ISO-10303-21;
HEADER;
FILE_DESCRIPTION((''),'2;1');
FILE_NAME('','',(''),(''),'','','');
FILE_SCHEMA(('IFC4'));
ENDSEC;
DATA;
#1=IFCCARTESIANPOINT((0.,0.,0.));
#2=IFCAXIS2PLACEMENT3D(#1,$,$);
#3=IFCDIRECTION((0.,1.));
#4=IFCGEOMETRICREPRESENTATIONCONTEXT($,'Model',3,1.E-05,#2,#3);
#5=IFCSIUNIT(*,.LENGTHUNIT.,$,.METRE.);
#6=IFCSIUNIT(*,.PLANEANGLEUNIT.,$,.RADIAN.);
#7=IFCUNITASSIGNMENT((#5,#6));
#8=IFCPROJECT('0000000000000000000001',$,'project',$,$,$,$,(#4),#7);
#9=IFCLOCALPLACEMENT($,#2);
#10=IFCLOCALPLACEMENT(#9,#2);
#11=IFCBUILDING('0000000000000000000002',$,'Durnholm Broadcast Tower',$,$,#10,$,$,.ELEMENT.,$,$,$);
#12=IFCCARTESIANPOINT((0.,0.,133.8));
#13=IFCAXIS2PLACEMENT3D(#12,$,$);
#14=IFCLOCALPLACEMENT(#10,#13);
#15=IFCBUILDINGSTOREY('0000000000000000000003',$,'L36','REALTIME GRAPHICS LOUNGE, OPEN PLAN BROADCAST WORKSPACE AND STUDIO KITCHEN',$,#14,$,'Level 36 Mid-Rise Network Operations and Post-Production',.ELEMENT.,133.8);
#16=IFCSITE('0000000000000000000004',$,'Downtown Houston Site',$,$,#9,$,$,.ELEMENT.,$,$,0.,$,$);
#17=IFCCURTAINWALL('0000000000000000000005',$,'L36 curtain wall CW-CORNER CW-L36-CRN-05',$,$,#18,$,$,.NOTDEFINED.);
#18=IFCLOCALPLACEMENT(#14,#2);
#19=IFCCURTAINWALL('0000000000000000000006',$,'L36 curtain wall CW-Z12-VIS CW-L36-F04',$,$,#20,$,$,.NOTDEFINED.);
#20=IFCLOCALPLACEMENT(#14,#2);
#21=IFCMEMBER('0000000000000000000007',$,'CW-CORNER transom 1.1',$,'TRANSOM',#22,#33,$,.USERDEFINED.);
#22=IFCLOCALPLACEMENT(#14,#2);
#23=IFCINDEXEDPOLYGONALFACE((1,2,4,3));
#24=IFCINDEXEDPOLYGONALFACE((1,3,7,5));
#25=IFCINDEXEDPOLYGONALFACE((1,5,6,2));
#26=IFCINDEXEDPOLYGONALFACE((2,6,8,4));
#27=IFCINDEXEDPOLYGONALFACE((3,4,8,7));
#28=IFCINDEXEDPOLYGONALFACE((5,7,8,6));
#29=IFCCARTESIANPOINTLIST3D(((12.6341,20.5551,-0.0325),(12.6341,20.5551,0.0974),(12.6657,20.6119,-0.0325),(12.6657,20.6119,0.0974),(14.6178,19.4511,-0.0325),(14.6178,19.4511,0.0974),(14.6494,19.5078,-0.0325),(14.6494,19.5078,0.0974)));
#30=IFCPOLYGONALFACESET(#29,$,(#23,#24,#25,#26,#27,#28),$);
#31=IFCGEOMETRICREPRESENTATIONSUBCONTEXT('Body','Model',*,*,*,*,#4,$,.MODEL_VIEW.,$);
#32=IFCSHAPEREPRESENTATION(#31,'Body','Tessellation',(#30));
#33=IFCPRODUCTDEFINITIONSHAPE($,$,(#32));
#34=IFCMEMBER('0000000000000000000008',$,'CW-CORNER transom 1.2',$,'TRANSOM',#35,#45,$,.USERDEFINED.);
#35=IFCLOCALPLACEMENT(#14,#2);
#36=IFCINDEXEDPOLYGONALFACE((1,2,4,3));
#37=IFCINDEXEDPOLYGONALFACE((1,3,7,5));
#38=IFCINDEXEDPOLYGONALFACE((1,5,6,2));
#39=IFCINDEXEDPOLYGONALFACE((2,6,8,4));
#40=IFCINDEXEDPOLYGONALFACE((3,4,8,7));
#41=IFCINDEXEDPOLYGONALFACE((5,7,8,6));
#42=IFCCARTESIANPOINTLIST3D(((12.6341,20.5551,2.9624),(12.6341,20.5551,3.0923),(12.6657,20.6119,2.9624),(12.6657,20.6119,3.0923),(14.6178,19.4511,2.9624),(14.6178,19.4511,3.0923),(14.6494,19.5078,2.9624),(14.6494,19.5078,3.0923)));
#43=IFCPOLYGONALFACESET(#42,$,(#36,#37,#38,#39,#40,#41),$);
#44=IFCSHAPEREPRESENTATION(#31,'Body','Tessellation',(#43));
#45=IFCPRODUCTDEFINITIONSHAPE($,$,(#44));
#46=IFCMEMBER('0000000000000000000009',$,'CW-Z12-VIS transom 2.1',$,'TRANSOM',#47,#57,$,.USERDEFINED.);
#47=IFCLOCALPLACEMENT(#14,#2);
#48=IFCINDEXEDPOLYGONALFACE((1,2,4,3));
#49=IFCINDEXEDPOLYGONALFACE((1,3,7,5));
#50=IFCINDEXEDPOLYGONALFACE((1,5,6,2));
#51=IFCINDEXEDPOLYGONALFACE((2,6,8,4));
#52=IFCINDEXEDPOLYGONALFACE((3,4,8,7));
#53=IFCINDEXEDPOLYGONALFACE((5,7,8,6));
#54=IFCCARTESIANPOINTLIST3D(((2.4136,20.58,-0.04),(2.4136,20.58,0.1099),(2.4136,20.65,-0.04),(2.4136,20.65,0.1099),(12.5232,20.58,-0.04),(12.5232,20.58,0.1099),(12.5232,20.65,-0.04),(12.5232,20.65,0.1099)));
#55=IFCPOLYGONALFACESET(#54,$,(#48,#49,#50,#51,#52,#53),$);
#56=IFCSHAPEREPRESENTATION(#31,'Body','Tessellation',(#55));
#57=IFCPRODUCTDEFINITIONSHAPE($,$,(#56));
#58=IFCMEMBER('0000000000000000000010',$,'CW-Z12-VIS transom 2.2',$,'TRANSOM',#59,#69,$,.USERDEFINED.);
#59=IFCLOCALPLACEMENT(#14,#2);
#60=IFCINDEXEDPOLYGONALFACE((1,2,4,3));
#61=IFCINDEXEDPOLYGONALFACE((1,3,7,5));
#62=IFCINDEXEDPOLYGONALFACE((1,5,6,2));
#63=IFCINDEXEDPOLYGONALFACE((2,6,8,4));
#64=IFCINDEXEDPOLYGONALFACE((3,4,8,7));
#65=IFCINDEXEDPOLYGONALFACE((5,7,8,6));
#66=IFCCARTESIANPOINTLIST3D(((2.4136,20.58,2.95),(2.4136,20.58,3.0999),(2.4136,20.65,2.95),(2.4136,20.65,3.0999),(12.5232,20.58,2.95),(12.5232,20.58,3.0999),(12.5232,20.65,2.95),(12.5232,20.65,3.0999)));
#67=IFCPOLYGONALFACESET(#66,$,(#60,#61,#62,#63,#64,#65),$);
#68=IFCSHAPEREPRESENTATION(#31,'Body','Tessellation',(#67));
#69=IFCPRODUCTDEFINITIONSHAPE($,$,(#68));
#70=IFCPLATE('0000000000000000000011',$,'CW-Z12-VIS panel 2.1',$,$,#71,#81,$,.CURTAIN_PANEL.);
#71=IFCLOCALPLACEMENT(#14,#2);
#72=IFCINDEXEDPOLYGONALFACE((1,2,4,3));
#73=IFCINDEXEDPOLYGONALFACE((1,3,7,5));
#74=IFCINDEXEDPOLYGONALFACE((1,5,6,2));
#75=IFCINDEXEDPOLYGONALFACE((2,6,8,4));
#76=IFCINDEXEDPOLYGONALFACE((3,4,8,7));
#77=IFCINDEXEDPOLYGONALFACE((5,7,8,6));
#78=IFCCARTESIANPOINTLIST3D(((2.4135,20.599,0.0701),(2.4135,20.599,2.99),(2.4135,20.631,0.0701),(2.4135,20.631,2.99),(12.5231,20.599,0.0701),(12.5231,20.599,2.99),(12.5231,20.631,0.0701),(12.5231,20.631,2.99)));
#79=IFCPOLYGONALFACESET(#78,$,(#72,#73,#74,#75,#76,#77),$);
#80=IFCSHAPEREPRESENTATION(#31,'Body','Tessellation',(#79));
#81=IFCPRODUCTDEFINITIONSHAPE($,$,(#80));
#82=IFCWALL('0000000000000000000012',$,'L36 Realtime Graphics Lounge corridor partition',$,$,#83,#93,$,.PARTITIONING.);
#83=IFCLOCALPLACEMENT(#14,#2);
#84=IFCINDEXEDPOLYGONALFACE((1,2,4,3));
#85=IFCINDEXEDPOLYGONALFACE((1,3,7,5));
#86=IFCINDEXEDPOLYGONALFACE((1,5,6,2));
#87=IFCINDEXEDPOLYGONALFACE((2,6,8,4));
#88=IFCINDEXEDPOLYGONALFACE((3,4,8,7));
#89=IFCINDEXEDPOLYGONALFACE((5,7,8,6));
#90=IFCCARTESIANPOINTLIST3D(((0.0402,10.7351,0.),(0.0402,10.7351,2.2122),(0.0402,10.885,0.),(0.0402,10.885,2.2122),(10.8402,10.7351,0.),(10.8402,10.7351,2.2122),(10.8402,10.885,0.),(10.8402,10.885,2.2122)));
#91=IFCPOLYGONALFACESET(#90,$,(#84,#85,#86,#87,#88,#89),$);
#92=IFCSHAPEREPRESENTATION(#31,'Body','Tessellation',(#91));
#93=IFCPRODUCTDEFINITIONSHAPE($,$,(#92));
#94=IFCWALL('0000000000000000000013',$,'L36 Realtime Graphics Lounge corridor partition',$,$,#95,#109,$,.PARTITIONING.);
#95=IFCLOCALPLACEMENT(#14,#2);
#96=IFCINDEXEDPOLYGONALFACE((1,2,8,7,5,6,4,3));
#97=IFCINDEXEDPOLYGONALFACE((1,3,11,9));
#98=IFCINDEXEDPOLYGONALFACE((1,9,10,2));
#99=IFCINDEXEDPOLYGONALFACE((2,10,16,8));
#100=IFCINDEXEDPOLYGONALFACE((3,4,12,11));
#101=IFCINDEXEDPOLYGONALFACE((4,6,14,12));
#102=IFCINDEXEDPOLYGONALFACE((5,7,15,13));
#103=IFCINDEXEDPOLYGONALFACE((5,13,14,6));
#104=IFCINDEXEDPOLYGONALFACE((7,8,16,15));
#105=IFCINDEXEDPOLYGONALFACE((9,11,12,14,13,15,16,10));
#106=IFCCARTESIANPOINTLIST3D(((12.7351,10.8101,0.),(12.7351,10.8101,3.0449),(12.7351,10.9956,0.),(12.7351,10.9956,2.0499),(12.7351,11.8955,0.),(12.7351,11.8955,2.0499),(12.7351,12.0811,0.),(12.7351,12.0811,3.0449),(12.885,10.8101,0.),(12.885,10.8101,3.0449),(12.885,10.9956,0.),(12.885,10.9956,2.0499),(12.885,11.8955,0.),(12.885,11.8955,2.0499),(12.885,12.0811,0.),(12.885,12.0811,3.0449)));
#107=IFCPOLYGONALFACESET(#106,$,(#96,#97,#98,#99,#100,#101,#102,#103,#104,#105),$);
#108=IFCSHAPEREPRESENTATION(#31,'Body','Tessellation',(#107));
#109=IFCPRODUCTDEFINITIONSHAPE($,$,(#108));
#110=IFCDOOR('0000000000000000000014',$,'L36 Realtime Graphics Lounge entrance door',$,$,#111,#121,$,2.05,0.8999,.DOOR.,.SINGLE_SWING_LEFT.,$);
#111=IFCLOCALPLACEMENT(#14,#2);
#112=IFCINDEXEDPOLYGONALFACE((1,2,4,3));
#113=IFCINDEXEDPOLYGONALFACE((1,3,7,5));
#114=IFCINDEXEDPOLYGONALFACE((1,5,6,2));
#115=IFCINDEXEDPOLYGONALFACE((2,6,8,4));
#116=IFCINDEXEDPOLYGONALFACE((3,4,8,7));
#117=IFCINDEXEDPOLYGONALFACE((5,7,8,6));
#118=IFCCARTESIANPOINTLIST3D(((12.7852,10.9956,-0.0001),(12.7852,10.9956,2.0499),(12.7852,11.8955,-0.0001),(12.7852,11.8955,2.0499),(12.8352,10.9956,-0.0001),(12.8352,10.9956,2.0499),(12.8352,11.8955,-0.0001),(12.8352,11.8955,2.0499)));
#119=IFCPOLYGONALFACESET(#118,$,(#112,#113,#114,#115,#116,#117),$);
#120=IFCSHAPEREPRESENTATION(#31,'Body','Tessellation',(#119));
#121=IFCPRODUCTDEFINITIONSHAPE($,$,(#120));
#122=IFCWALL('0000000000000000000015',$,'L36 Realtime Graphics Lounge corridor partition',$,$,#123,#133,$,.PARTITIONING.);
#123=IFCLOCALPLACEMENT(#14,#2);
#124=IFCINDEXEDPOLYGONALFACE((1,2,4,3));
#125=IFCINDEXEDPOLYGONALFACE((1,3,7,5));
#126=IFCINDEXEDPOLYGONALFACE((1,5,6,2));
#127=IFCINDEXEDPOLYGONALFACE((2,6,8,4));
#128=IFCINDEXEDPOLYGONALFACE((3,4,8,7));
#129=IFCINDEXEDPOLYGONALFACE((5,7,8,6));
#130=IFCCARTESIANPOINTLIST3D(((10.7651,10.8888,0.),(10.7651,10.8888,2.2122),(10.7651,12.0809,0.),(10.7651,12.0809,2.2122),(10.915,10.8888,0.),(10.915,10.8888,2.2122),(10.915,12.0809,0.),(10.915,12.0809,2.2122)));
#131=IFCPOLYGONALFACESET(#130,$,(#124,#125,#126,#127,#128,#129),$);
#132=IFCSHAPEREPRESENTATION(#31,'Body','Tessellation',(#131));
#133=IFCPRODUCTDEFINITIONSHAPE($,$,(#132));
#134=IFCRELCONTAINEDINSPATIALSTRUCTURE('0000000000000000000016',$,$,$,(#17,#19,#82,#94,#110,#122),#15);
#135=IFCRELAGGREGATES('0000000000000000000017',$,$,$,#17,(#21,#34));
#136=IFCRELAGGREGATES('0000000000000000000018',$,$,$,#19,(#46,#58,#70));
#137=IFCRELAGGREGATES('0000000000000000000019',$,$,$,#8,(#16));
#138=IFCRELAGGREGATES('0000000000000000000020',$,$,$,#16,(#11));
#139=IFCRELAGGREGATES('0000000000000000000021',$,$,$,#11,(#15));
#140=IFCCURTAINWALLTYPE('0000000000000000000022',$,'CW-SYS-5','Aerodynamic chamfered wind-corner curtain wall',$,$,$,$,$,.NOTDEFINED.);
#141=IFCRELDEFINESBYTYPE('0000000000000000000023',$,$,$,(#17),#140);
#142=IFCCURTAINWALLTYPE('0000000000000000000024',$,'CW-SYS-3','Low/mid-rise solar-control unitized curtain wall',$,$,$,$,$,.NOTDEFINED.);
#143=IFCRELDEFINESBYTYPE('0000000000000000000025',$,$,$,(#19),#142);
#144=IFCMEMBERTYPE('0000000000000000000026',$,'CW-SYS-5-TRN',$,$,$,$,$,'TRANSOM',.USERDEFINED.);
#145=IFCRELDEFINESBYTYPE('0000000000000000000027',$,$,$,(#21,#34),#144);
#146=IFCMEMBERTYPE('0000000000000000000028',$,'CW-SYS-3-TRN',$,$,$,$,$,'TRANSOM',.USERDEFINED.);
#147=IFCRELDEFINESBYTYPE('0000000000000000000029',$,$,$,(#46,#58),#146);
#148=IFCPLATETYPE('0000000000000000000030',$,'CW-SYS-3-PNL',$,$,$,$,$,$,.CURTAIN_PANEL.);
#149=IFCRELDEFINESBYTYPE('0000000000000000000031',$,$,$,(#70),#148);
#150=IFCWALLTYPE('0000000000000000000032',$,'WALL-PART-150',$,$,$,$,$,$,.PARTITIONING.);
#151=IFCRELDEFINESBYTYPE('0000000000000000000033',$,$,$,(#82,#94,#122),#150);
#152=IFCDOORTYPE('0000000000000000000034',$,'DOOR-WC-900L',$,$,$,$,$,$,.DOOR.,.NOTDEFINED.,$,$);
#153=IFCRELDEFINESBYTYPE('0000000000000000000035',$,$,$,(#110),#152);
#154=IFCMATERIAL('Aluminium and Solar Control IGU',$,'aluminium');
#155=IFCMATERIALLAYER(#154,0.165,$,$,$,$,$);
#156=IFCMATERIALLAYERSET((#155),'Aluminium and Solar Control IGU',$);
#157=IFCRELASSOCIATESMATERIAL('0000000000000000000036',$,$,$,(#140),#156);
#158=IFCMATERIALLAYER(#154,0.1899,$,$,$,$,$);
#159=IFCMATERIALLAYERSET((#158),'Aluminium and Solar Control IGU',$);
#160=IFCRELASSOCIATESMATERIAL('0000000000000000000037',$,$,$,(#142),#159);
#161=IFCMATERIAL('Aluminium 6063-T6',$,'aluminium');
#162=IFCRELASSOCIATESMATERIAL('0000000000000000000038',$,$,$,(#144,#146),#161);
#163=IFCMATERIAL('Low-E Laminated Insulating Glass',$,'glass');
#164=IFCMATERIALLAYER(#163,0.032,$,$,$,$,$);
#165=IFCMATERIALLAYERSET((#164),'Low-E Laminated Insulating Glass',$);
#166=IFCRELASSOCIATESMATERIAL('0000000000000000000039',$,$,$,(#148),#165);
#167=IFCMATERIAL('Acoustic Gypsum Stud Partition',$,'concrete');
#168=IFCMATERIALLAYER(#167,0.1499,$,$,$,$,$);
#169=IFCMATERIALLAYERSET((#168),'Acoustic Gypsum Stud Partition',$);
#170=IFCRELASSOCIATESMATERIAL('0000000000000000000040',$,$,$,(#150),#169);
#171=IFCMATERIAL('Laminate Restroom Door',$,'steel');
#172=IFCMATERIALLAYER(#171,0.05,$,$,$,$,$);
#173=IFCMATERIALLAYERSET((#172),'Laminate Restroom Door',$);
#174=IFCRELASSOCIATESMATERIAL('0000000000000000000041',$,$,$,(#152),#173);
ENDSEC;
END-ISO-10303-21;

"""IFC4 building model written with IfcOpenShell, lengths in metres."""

from ifc_helpers import new_model, si_unit, direction, frame, frame_2d, origin, origin_2d, place, context, subcontext, project, spatial, rectangle, extrude, source, transform, mapped, material, layer, layer_set, material_profile, profile_set, type_object, type_shapes, element, fill, aggregate, save


model = new_model("IFC4")

# Units and contexts
model_context = context("Model", 3, precision=1e-05, world=origin(), true_north=direction((0.0, 1.0)))
body_context = subcontext(model_context, "Body", "Model", "MODEL_VIEW")
ifc_project = project(units=[si_unit("LENGTHUNIT", "METRE"), si_unit("PLANEANGLEUNIT", "RADIAN")], contexts=[model_context])

# Site, building, storey
site_placement = place(None, origin())
site = spatial("IfcSite", under=ifc_project, at=site_placement, Name="Downtown Houston Site", CompositionType="ELEMENT", RefElevation=0.0)
building_placement = place(site_placement, origin())
building = spatial("IfcBuilding", under=site, at=building_placement, Name="Durnholm Broadcast Tower", CompositionType="ELEMENT")
storey_placement = place(building_placement, frame((0.0, 0.0, 133.8)))
storey = spatial("IfcBuildingStorey", under=building, at=storey_placement, Name="L36", Description="REALTIME GRAPHICS LOUNGE, OPEN PLAN BROADCAST WORKSPACE AND STUDIO KITCHEN", LongName="Level 36 Mid-Rise Network Operations and Post-Production", CompositionType="ELEMENT", Elevation=133.8)

# Curtain wall
ifc_material_1 = material(Name="Aluminium and Solar Control IGU", Category="aluminium")
ifc_layer_1 = layer(ifc_material_1, 0.165)
ifc_layer_set_1 = layer_set([ifc_layer_1], Name="Aluminium and Solar Control IGU")
curtain_wall_type_1 = type_object("IfcCurtainWallType", Name="CW-SYS-5", Description="Aerodynamic chamfered wind-corner curtain wall", PredefinedType="NOTDEFINED", material=ifc_layer_set_1)
curtain_wall_1_placement = place(storey_placement, origin())
curtain_wall_1 = element("IfcCurtainWall", 1, at=curtain_wall_1_placement, inside=storey, type_object=curtain_wall_type_1, Name="L36 curtain wall CW-CORNER CW-L36-CRN-05", PredefinedType="NOTDEFINED")
ifc_material_2 = material(Name="Aluminium 6063-T6", Category="aluminium")

# Curtain wall
ifc_layer_2 = layer(ifc_material_1, 0.1899)
ifc_layer_set_2 = layer_set([ifc_layer_2], Name="Aluminium and Solar Control IGU")
curtain_wall_type_2 = type_object("IfcCurtainWallType", Name="CW-SYS-3", Description="Low/mid-rise solar-control unitized curtain wall", PredefinedType="NOTDEFINED", material=ifc_layer_set_2)
curtain_wall_2_placement = place(storey_placement, origin())
curtain_wall_2 = element("IfcCurtainWall", 2, at=curtain_wall_2_placement, inside=storey, type_object=curtain_wall_type_2, Name="L36 curtain wall CW-Z12-VIS CW-L36-F04", PredefinedType="NOTDEFINED")

# Members
ifc_material_profile_1 = material_profile(ifc_material_2, rectangle(XDim=0.0649, YDim=0.1299, at=origin_2d()), Name="CWT65X130")
ifc_profile_set_1 = profile_set([ifc_material_profile_1], Name="Aluminium 6063-T6")
member_type_1 = type_object("IfcMemberType", Name="CW-SYS-5-TRN", ElementType="TRANSOM", PredefinedType="USERDEFINED", material=ifc_profile_set_1)
shared_shape_1 = source(origin(), body_context, "Body", "SweptSolid", [
    extrude(rectangle(XDim=0.0649, YDim=0.1299, at=origin_2d()), origin(), (0.0, 0.0, 1.0), 2.2703),
])
type_shapes(member_type_1, [shared_shape_1])
member_1_placement = place(storey_placement, frame((12.6499, 20.5835, 0.0325), z_axis=(0.873787, -0.486309, 0.0), x_axis=(0.486309, 0.873787, 0.0)))
member_1 = element("IfcMember", 3, at=member_1_placement, type_object=member_type_1, Name="CW-CORNER transom 1.1", ObjectType="TRANSOM", PredefinedType="USERDEFINED", context=body_context, shape_type="MappedRepresentation", body=[
    mapped(shared_shape_1, transform((0.0, 0.0, 0.0), x_axis=(1.0, 0.0, 0.0), y_axis=(0.0, 1.0, 0.0), z_axis=(0.0, 0.0, 1.0), scale=1.0)),
])
member_2_placement = place(storey_placement, frame((12.6499, 20.5835, 3.0273), z_axis=(0.873787, -0.486309, 0.0), x_axis=(0.486309, 0.873787, 0.0)))
member_2 = element("IfcMember", 4, at=member_2_placement, type_object=member_type_1, Name="CW-CORNER transom 1.2", ObjectType="TRANSOM", PredefinedType="USERDEFINED", context=body_context, shape_type="MappedRepresentation", body=[
    mapped(shared_shape_1, transform((0.0, 0.0, 0.0), x_axis=(1.0, 0.0, 0.0), y_axis=(0.0, 1.0, 0.0), z_axis=(0.0, 0.0, 1.0), scale=1.0)),
])
aggregate(curtain_wall_1, [member_1, member_2])
ifc_material_profile_2 = material_profile(ifc_material_2, rectangle(XDim=0.0701, YDim=0.1499, at=origin_2d()), Name="CWT70X150")
ifc_profile_set_2 = profile_set([ifc_material_profile_2], Name="Aluminium 6063-T6")
member_type_2 = type_object("IfcMemberType", Name="CW-SYS-3-TRN", ElementType="TRANSOM", PredefinedType="USERDEFINED", material=ifc_profile_set_2)
shared_shape_2 = source(origin(), body_context, "Body", "SweptSolid", [
    extrude(rectangle(XDim=0.0701, YDim=0.1499, at=origin_2d()), origin(), (0.0, 0.0, 1.0), 10.1096),
])
type_shapes(member_type_2, [shared_shape_2])
member_3_placement = place(storey_placement, frame((2.4136, 20.615, 0.0349), z_axis=(1.0, 0.0, 0.0), x_axis=(0.0, 1.0, 0.0)))
member_3 = element("IfcMember", 5, at=member_3_placement, type_object=member_type_2, Name="CW-Z12-VIS transom 2.1", ObjectType="TRANSOM", PredefinedType="USERDEFINED", context=body_context, shape_type="MappedRepresentation", body=[
    mapped(shared_shape_2, transform((0.0, 0.0, 0.0), x_axis=(1.0, 0.0, 0.0), y_axis=(0.0, 1.0, 0.0), z_axis=(0.0, 0.0, 1.0), scale=1.0)),
])
member_4_placement = place(storey_placement, frame((2.4136, 20.615, 3.0249), z_axis=(1.0, 0.0, 0.0), x_axis=(0.0, 1.0, 0.0)))
member_4 = element("IfcMember", 6, at=member_4_placement, type_object=member_type_2, Name="CW-Z12-VIS transom 2.2", ObjectType="TRANSOM", PredefinedType="USERDEFINED", context=body_context, shape_type="MappedRepresentation", body=[
    mapped(shared_shape_2, transform((0.0, 0.0, 0.0), x_axis=(1.0, 0.0, 0.0), y_axis=(0.0, 1.0, 0.0), z_axis=(0.0, 0.0, 1.0), scale=1.0)),
])

# Plate
ifc_material_3 = material(Name="Low-E Laminated Insulating Glass", Category="glass")
ifc_layer_3 = layer(ifc_material_3, 0.032)
ifc_layer_set_3 = layer_set([ifc_layer_3], Name="Low-E Laminated Insulating Glass")
plate_type = type_object("IfcPlateType", Name="CW-SYS-3-PNL", PredefinedType="CURTAIN_PANEL", material=ifc_layer_set_3)
shared_shape_3 = source(origin(), body_context, "Body", "SweptSolid", [
    extrude(rectangle(XDim=10.1096, YDim=0.032, at=origin_2d()), origin(), (0.0, 0.0, 1.0), 2.9199),
])
type_shapes(plate_type, [shared_shape_3])
plate_placement = place(storey_placement, frame((7.4683, 20.615, 0.0701), z_axis=(0.0, 0.0, 1.0), x_axis=(1.0, 0.0, 0.0)))
plate = element("IfcPlate", 7, at=plate_placement, type_object=plate_type, Name="CW-Z12-VIS panel 2.1", PredefinedType="CURTAIN_PANEL", context=body_context, shape_type="MappedRepresentation", body=[
    mapped(shared_shape_3, transform((0.0, 0.0, 0.0), x_axis=(1.0, 0.0, 0.0), y_axis=(0.0, 1.0, 0.0), z_axis=(0.0, 0.0, 1.0), scale=1.0)),
])
aggregate(curtain_wall_2, [member_3, member_4, plate])

# Wall
ifc_material_4 = material(Name="Acoustic Gypsum Stud Partition", Category="concrete")
ifc_layer_4 = layer(ifc_material_4, 0.1499)
ifc_layer_set_4 = layer_set([ifc_layer_4], Name="Acoustic Gypsum Stud Partition")
wall_type = type_object("IfcWallType", Name="WALL-PART-150", PredefinedType="PARTITIONING", material=ifc_layer_set_4)
wall_1_placement = place(storey_placement, frame((10.8401, 10.8101, 0.0), z_axis=(0.0, 0.0, 1.0), x_axis=(-1.0, 0.0, 0.0)))
element("IfcWall", 8, at=wall_1_placement, inside=storey, type_object=wall_type, Name="L36 Realtime Graphics Lounge corridor partition", PredefinedType="PARTITIONING", context=body_context, shape_type="SweptSolid", body=[
    extrude(rectangle(XDim=10.8, YDim=0.1499, at=frame_2d((5.3999, 0.0))), origin(), (0.0, 0.0, 1.0), 2.2122),
])

# Wall, opening, door
wall_2_placement = place(storey_placement, frame((12.8101, 10.8101, 0.0), z_axis=(0.0, 0.0, 1.0), x_axis=(0.0, 1.0, 0.0)))
wall_2 = element("IfcWall", 9, at=wall_2_placement, inside=storey, type_object=wall_type, Name="L36 Realtime Graphics Lounge corridor partition", PredefinedType="PARTITIONING", context=body_context, shape_type="SweptSolid", body=[
    extrude(rectangle(XDim=1.271, YDim=0.1499, at=frame_2d((0.6355, 0.0))), origin(), (0.0, 0.0, 1.0), 3.0449),
])
opening_placement = place(wall_2_placement, frame((0.1855, 0.0, 0.0)))
opening = element("IfcOpeningElement", 10, at=opening_placement, cuts=wall_2, PredefinedType="OPENING", context=body_context, shape_type="SweptSolid", body=[
    extrude(rectangle(XDim=0.8999, YDim=2.05, at=frame_2d((0.45, 1.0249))), frame((0.0, 0.085, 0.0), z_axis=(0.0, -1.0, 0.0), x_axis=(1.0, 0.0, 0.0)), (0.0, 0.0, 1.0), 0.1699),
])
ifc_material_5 = material(Name="Laminate Restroom Door", Category="steel")
ifc_layer_5 = layer(ifc_material_5, 0.05)
ifc_layer_set_5 = layer_set([ifc_layer_5], Name="Laminate Restroom Door")
door_type = type_object("IfcDoorType", Name="DOOR-WC-900L", OperationType="NOTDEFINED", PredefinedType="DOOR", material=ifc_layer_set_5)
shared_shape_4 = source(origin(), body_context, "Body", "SweptSolid", [
    extrude(rectangle(XDim=0.8999, YDim=2.05, at=frame_2d((0.45, 1.0249))), frame((0.0, 0.0249, 0.0), z_axis=(0.0, -1.0, 0.0), x_axis=(1.0, 0.0, 0.0)), (0.0, 0.0, 1.0), 0.05),
])
type_shapes(door_type, [shared_shape_4])
door_placement = place(opening_placement, origin())
door = element("IfcDoor", 11, at=door_placement, inside=storey, type_object=door_type, Name="L36 Realtime Graphics Lounge entrance door", OperationType="SINGLE_SWING_LEFT", OverallHeight=2.05, OverallWidth=0.8999, PredefinedType="DOOR", context=body_context, shape_type="MappedRepresentation", body=[
    mapped(shared_shape_4, transform((0.0, 0.0, 0.0), x_axis=(1.0, 0.0, 0.0), y_axis=(0.0, 1.0, 0.0), z_axis=(0.0, 0.0, 1.0), scale=1.0)),
])
fill(opening, door)

# Wall
wall_3_placement = place(storey_placement, frame((10.8401, 12.0811, 0.0), z_axis=(0.0, 0.0, 1.0), x_axis=(0.0, -1.0, 0.0)))
element("IfcWall", 12, at=wall_3_placement, inside=storey, type_object=wall_type, Name="L36 Realtime Graphics Lounge corridor partition", PredefinedType="PARTITIONING", context=body_context, shape_type="SweptSolid", body=[
    extrude(rectangle(XDim=1.1921, YDim=0.1499, at=frame_2d((0.5962, 0.0))), origin(), (0.0, 0.0, 1.0), 2.2122),
])

save(model, "model.ifc")
